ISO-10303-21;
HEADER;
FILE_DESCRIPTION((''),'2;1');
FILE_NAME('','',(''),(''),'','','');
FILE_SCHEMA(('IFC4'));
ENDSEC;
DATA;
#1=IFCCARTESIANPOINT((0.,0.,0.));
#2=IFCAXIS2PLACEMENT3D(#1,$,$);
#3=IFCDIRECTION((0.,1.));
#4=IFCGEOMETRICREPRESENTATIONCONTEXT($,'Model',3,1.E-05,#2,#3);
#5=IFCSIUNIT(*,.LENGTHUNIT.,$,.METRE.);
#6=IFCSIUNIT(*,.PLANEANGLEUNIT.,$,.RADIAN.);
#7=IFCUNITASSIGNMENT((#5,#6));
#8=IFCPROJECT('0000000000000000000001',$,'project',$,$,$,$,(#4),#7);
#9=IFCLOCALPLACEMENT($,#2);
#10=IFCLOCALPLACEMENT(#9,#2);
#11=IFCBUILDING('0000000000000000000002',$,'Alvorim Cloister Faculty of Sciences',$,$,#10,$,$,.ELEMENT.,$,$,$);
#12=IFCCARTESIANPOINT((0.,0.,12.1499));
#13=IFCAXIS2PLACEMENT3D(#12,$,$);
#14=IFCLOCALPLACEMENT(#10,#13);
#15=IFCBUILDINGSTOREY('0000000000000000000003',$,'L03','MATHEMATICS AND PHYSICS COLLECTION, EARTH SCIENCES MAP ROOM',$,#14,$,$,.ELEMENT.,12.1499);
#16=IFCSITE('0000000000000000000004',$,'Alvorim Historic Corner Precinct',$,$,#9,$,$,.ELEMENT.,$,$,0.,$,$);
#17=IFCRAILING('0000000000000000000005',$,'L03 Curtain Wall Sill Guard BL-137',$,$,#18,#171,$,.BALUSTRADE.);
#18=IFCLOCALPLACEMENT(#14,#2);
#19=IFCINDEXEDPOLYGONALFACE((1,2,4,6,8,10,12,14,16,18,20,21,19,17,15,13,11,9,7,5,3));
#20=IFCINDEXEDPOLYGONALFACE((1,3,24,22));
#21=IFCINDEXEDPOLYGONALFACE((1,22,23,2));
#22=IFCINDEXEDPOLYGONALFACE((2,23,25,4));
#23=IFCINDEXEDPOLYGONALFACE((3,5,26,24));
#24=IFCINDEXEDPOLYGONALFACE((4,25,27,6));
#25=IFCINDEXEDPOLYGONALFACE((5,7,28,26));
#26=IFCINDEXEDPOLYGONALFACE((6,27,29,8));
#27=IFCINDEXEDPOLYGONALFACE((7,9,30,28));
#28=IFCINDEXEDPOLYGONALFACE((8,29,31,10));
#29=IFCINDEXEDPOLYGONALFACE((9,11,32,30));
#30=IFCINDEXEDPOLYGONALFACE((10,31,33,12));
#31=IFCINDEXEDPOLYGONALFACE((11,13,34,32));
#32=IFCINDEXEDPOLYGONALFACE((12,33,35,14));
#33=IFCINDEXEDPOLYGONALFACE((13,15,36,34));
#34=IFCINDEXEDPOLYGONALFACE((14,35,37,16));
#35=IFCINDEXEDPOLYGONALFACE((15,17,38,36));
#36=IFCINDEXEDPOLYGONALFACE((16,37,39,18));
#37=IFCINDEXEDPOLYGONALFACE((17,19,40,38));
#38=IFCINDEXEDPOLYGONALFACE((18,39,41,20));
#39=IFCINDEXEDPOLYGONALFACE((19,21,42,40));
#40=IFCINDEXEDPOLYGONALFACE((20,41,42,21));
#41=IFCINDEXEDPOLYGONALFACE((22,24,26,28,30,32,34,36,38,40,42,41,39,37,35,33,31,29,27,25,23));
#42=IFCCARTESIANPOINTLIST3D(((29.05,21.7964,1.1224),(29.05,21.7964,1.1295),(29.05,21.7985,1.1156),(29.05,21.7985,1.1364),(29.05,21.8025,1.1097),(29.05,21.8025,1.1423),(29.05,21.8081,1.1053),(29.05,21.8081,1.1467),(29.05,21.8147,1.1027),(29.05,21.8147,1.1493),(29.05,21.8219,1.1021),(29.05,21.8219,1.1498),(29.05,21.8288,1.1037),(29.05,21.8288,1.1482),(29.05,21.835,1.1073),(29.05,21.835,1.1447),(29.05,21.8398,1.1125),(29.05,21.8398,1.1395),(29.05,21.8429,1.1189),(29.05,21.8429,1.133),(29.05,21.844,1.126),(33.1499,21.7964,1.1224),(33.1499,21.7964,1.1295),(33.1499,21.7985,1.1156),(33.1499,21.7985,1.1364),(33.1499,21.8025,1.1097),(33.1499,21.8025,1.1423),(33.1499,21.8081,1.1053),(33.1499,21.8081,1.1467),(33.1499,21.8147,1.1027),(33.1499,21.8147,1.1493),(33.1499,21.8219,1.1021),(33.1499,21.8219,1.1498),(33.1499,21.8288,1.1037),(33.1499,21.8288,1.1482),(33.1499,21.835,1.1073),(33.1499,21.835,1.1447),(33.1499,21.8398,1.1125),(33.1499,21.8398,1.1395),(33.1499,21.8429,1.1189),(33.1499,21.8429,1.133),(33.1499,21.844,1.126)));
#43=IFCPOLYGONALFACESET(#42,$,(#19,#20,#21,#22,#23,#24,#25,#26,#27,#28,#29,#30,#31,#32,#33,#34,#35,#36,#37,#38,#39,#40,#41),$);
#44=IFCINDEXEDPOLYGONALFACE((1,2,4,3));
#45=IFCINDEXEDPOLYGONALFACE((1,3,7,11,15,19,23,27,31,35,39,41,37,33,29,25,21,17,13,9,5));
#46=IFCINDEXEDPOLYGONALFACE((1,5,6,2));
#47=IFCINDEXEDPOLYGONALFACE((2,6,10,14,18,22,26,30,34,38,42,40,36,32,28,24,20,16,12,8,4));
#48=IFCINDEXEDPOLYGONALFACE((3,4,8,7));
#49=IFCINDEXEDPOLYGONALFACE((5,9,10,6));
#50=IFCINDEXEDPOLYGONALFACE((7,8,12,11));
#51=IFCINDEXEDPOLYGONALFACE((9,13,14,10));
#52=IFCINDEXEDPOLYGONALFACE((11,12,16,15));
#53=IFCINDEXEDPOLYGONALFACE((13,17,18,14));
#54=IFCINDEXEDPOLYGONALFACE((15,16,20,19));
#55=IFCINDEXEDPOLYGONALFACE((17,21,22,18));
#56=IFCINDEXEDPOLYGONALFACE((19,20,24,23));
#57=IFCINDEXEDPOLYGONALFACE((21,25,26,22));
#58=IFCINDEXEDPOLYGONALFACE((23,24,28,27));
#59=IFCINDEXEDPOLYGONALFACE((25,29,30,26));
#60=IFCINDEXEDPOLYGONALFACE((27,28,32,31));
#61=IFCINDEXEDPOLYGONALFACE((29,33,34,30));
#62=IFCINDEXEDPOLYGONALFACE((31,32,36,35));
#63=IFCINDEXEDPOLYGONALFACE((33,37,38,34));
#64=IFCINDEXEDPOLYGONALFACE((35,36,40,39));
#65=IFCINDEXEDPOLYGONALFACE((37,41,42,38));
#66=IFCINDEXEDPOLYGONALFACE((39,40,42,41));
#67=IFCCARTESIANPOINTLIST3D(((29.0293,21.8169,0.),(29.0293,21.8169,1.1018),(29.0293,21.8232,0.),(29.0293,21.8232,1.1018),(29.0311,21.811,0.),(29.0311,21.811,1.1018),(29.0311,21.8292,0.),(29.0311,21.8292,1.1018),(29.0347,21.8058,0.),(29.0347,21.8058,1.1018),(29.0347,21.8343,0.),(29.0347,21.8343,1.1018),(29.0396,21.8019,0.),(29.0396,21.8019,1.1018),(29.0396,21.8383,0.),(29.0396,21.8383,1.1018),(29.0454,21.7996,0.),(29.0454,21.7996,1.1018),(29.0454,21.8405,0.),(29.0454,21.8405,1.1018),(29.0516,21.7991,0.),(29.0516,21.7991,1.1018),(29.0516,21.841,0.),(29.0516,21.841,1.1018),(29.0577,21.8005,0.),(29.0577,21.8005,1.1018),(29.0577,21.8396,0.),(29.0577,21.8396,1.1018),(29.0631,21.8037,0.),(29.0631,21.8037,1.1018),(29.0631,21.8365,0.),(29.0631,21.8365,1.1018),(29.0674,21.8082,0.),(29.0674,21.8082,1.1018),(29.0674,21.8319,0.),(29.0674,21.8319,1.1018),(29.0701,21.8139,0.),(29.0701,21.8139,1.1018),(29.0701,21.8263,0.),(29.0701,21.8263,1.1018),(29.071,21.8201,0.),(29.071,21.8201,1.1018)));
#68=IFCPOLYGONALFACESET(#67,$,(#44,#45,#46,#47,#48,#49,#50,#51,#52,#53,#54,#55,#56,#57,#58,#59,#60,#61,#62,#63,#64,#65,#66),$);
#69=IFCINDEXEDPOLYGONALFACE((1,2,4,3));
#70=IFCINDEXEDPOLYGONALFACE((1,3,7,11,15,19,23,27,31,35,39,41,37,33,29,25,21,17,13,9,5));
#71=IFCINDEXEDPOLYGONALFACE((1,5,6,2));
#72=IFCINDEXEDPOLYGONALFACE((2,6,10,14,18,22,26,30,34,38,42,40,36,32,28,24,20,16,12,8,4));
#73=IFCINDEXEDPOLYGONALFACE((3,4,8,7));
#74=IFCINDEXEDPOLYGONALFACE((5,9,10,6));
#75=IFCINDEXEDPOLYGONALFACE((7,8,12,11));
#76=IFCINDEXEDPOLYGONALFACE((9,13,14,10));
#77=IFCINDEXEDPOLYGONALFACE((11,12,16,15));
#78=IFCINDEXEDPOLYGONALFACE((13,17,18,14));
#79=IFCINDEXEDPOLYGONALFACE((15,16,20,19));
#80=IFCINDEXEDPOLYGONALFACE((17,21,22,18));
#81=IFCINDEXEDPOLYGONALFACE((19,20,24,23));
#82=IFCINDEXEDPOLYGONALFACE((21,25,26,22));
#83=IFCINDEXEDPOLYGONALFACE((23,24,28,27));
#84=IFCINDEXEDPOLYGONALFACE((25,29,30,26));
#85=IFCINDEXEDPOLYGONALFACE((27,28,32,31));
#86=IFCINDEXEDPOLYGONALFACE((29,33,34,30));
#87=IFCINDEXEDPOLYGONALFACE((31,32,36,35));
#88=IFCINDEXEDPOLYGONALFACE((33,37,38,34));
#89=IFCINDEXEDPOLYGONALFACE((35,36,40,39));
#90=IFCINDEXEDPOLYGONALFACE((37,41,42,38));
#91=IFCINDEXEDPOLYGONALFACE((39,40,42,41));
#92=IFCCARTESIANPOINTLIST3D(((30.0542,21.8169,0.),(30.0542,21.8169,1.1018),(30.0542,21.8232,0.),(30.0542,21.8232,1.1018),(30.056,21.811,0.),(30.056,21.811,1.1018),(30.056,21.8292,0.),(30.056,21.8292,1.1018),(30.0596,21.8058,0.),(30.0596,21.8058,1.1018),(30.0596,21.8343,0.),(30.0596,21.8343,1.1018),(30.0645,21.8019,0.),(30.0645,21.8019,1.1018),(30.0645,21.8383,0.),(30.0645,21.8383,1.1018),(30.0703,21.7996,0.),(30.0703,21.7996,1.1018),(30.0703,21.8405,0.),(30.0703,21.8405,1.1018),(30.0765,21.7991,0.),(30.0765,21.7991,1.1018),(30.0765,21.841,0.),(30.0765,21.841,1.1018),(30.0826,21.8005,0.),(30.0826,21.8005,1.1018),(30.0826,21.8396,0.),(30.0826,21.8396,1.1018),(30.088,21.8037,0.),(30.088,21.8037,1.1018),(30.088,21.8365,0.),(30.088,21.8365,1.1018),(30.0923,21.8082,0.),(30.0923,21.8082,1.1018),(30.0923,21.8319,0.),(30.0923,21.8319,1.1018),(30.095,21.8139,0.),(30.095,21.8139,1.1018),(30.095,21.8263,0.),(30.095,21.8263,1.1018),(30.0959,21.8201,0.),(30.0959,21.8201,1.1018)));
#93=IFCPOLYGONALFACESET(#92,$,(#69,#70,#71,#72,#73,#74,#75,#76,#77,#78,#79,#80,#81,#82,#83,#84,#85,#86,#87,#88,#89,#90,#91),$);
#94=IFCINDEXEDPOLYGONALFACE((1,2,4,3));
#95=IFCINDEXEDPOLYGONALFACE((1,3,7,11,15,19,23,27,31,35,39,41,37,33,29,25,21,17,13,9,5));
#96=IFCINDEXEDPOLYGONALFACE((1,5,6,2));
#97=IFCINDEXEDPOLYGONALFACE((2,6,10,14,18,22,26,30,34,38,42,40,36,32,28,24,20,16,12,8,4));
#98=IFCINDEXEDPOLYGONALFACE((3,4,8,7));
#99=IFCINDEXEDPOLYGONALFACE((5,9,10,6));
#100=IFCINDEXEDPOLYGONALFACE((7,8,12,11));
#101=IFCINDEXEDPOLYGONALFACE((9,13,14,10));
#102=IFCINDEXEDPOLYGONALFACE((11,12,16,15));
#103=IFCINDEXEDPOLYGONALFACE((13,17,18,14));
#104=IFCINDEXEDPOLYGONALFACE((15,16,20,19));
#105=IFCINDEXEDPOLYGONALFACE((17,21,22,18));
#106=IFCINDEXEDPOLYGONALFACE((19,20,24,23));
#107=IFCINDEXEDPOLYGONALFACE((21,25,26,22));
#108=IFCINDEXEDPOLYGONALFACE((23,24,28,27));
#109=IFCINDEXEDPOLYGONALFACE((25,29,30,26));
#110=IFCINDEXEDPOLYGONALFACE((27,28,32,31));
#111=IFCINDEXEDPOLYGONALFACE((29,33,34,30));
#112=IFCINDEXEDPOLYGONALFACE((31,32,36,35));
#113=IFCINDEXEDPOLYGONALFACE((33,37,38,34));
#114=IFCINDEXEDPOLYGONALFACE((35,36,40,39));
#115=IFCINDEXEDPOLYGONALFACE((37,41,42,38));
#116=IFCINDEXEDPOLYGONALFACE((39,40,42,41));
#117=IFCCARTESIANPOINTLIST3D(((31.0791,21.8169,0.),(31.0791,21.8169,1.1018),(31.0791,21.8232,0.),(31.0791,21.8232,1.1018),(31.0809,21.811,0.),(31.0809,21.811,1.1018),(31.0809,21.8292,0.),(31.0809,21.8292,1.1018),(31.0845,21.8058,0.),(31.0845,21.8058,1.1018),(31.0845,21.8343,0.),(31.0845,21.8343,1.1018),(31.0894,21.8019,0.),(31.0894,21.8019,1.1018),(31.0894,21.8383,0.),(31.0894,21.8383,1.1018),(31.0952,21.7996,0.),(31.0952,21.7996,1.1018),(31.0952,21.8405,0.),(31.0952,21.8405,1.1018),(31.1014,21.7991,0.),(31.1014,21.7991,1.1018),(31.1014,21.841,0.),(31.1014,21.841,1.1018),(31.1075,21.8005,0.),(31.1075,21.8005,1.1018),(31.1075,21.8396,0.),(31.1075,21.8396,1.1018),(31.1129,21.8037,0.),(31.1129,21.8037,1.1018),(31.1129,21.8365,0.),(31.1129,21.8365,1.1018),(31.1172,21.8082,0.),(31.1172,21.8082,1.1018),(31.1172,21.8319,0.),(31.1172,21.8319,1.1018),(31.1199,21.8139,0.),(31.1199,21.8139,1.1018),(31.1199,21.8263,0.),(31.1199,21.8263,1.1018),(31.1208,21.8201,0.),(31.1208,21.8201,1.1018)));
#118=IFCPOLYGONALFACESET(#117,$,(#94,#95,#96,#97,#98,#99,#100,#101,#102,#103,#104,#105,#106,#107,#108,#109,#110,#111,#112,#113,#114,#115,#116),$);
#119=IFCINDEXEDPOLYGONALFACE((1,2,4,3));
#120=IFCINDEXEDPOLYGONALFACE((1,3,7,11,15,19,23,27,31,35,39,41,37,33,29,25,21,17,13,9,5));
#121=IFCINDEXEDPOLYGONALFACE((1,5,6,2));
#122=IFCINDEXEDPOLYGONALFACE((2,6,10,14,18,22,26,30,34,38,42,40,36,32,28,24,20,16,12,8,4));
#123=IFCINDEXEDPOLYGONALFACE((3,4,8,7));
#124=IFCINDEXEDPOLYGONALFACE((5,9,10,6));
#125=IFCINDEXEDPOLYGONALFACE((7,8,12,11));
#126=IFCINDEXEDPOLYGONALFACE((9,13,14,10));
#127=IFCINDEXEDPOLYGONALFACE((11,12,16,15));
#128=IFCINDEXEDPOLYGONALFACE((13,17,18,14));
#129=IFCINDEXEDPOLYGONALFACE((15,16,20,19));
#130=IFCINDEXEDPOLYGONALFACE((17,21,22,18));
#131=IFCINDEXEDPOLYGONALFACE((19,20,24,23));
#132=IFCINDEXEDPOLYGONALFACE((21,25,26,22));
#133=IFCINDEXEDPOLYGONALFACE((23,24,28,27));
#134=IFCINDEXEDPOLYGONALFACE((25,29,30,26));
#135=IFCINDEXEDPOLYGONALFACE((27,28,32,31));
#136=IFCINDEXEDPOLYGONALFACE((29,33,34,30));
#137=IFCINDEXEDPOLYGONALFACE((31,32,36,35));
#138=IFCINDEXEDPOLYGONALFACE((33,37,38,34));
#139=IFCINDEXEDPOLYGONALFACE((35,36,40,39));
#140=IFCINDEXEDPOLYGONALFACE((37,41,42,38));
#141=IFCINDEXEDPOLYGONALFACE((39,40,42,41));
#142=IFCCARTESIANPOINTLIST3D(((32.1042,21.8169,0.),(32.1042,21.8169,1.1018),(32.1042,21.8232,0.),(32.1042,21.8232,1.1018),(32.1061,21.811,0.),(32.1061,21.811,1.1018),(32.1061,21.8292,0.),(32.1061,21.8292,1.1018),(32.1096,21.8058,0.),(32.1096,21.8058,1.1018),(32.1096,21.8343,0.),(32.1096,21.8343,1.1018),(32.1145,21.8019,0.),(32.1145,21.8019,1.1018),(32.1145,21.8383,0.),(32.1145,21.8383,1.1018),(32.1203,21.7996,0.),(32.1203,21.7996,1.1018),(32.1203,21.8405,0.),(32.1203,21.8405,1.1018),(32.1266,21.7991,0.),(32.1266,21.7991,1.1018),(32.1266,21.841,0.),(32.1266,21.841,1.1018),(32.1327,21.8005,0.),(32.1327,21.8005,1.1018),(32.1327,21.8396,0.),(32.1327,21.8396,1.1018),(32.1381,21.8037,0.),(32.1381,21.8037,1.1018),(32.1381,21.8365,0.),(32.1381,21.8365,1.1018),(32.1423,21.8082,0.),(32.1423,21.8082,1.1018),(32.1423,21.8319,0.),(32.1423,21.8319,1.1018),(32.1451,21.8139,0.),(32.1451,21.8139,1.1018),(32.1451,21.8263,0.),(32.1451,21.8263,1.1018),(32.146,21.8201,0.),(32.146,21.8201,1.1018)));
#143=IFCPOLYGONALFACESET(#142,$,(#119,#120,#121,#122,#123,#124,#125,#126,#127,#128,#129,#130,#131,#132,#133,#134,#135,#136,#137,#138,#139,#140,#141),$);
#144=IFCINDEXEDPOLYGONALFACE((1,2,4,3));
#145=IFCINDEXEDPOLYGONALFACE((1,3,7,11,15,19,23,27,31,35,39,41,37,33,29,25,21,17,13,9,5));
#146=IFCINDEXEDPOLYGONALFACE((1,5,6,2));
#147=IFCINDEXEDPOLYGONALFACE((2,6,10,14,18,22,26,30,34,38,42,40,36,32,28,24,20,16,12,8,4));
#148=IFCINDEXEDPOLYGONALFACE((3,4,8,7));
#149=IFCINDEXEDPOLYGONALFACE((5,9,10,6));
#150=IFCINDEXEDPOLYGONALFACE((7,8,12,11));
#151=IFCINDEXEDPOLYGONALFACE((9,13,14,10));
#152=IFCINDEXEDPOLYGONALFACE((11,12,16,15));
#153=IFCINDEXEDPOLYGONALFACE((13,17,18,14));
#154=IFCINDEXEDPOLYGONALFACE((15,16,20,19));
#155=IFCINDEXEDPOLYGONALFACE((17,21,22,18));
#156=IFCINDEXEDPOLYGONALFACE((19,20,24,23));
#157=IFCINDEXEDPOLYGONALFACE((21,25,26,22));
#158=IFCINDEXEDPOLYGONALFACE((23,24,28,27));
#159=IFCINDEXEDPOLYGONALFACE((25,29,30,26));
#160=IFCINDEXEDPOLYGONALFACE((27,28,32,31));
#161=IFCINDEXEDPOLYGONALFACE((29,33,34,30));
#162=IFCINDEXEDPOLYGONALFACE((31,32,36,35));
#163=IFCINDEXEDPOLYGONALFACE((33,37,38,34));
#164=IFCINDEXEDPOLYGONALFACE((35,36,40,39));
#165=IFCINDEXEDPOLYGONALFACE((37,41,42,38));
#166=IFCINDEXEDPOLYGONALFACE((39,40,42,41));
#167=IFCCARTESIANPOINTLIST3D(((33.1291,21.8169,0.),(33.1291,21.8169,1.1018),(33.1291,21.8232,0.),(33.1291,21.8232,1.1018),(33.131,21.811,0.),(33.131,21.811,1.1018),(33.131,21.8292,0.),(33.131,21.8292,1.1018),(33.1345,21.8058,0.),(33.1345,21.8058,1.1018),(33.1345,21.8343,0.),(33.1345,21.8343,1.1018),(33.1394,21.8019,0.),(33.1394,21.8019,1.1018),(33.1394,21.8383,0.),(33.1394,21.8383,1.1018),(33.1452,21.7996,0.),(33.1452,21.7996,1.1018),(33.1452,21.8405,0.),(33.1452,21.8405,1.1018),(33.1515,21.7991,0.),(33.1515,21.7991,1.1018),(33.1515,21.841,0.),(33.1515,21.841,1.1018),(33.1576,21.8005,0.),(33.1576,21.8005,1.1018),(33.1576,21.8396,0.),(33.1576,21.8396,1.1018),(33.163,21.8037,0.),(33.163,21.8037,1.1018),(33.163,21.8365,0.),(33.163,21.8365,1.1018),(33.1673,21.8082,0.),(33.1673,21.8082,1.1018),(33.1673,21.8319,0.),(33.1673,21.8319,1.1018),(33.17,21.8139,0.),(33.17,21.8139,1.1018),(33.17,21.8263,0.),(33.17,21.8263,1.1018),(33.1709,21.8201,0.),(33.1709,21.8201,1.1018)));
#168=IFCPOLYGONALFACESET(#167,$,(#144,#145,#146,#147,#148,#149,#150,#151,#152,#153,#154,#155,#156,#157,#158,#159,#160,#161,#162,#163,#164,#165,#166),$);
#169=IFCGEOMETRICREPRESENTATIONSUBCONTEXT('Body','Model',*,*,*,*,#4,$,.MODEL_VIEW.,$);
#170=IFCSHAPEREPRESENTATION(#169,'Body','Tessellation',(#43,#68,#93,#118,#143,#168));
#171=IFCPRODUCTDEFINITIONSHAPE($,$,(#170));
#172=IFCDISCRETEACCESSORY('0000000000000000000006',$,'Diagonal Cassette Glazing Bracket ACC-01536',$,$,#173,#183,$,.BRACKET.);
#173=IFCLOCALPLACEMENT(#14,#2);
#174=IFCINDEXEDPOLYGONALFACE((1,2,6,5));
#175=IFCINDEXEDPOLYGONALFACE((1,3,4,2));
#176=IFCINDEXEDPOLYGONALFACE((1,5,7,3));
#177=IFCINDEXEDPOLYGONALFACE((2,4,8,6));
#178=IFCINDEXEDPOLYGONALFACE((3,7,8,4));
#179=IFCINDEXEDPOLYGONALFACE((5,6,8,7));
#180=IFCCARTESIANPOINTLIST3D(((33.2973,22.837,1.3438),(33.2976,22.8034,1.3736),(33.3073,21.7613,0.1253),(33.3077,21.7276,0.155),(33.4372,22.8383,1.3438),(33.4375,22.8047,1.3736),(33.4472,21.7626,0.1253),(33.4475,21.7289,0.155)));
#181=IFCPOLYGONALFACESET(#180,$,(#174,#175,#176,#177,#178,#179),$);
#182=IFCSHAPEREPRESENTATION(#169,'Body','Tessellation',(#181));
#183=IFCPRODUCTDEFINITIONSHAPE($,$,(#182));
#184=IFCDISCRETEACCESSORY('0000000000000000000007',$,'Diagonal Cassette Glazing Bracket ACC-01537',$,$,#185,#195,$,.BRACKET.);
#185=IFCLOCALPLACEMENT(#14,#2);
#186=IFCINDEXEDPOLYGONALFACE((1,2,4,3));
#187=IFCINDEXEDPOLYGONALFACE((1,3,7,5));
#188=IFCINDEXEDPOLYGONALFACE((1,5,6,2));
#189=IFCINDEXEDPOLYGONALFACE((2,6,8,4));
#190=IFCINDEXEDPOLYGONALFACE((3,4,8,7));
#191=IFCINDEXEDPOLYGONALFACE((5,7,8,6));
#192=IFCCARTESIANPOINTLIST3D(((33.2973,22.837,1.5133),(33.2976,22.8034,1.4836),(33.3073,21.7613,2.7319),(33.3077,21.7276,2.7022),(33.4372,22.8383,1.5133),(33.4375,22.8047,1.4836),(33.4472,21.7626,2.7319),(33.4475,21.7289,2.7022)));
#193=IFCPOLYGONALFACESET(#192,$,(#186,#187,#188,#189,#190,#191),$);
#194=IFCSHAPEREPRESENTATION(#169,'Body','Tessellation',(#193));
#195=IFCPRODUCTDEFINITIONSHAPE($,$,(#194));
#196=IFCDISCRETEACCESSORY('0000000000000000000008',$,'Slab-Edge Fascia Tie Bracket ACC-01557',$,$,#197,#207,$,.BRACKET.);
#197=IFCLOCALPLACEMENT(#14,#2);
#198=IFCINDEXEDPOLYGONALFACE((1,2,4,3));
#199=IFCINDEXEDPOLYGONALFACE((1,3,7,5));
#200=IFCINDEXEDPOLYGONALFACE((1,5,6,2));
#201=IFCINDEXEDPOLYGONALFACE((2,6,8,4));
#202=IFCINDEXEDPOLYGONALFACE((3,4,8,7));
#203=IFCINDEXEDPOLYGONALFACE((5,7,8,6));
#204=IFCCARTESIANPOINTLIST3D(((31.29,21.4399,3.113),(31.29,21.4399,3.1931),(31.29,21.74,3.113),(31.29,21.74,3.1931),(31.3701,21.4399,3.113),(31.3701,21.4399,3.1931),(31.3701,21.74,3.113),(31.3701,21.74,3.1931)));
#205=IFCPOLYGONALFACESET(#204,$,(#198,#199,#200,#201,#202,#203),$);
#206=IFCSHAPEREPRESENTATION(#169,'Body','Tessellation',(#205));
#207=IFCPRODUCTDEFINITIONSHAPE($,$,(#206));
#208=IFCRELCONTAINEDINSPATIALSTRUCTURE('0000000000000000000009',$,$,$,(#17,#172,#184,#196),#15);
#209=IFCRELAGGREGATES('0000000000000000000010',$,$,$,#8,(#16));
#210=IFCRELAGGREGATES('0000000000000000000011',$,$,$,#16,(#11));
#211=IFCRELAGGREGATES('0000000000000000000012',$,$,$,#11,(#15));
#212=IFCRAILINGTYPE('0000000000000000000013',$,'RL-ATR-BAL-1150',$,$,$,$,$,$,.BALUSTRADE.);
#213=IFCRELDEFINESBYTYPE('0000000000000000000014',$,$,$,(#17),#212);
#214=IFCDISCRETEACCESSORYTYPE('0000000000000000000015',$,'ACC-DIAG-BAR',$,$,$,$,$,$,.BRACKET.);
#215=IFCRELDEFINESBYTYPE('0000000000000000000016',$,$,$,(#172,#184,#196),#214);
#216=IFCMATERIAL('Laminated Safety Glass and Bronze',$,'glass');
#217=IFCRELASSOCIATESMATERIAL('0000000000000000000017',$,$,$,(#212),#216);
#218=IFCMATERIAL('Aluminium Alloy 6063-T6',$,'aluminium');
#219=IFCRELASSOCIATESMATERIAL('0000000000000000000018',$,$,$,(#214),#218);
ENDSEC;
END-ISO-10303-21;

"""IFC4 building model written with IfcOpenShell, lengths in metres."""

from ifc_helpers import new_model, si_unit, direction, frame, origin, origin_2d, place, context, subcontext, project, spatial, rectangle, circle, extrude, material, type_object, element, save


model = new_model("IFC4")

# Units and contexts
model_context = context("Model", 3, precision=1e-05, world=origin(), true_north=direction((0.0, 1.0)))
body_context = subcontext(model_context, "Body", "Model", "MODEL_VIEW")
ifc_project = project(units=[si_unit("LENGTHUNIT", "METRE"), si_unit("PLANEANGLEUNIT", "RADIAN")], contexts=[model_context])

# Site, building, storey
site_placement = place(None, origin())
site = spatial("IfcSite", under=ifc_project, at=site_placement, Name="Alvorim Historic Corner Precinct", CompositionType="ELEMENT", RefElevation=0.0)
building_placement = place(site_placement, origin())
building = spatial("IfcBuilding", under=site, at=building_placement, Name="Alvorim Cloister Faculty of Sciences", CompositionType="ELEMENT")
storey_placement = place(building_placement, frame((0.0, 0.0, 12.1499)))
storey = spatial("IfcBuildingStorey", under=building, at=storey_placement, Name="L03", Description="MATHEMATICS AND PHYSICS COLLECTION, EARTH SCIENCES MAP ROOM", CompositionType="ELEMENT", Elevation=12.1499)

# Shared definitions
ifc_material_1 = material(Name="Aluminium Alloy 6063-T6", Category="aluminium")

# Railing
ifc_material_2 = material(Name="Laminated Safety Glass and Bronze", Category="glass")
railing_type = type_object("IfcRailingType", Name="RL-ATR-BAL-1150", PredefinedType="BALUSTRADE", material=ifc_material_2)
railing_1_placement = place(storey_placement, frame((29.05, 21.8201, 0.0)))
element("IfcRailing", 1, at=railing_1_placement, inside=storey, type_object=railing_type, Name="L03 Curtain Wall Sill Guard BL-137", PredefinedType="BALUSTRADE", context=body_context, shape_type="SweptSolid", body=[
    extrude(circle(Radius=0.0239, at=origin_2d()), frame((0.0, 0.0, 1.126), z_axis=(1.0, 0.0, 0.0), x_axis=(0.0, 1.0, 0.0)), (0.0, 0.0, 1.0), 4.0999),
    extrude(circle(Radius=0.021, at=origin_2d()), origin(), (0.0, 0.0, 1.0), 1.1018),
    extrude(circle(Radius=0.021, at=origin_2d()), frame((1.0249, 0.0, 0.0)), (0.0, 0.0, 1.0), 1.1018),
    extrude(circle(Radius=0.021, at=origin_2d()), frame((2.0498, 0.0, 0.0)), (0.0, 0.0, 1.0), 1.1018),
    extrude(circle(Radius=0.021, at=origin_2d()), frame((3.075, 0.0, 0.0)), (0.0, 0.0, 1.0), 1.1018),
    extrude(circle(Radius=0.021, at=origin_2d()), frame((4.0999, 0.0, 0.0)), (0.0, 0.0, 1.0), 1.1018),
])

# Discrete accessories
discrete_accessory_type = type_object("IfcDiscreteAccessoryType", Name="ACC-DIAG-BAR", PredefinedType="BRACKET", material=ifc_material_1)
for number, where, z_axis, x_axis, name in (
    (2, (33.3774, 21.7451, 0.1401), (-0.006158, 0.661793, 0.749661), (-0.999957, -0.009305, 0.0), "Diagonal Cassette Glazing Bracket ACC-01536"),
    (3, (33.3774, 21.7451, 2.717), (-0.006158, 0.661793, -0.749661), (-0.999957, -0.009305, 0.0), "Diagonal Cassette Glazing Bracket ACC-01537"),
):
    element("IfcDiscreteAccessory", number, at=place(storey_placement, frame(where, z_axis=z_axis, x_axis=x_axis)), inside=storey, type_object=discrete_accessory_type, Name=name, PredefinedType="BRACKET", context=body_context, shape_type="SweptSolid", body=[
        extrude(rectangle(XDim=0.1399, YDim=0.0449, at=origin_2d()), origin(), (0.0, 0.0, 1.0), 1.6255),
    ])
discrete_accessory_placement = place(storey_placement, frame((31.3301, 21.74, 3.1531), z_axis=(0.0, -1.0, 0.0), x_axis=(1.0, 0.0, 0.0)))
element("IfcDiscreteAccessory", 4, at=discrete_accessory_placement, inside=storey, type_object=discrete_accessory_type, Name="Slab-Edge Fascia Tie Bracket ACC-01557", PredefinedType="BRACKET", context=body_context, shape_type="SweptSolid", body=[
    extrude(rectangle(XDim=0.0801, YDim=0.0801, at=origin_2d()), origin(), (0.0, 0.0, 1.0), 0.3),
])

save(model, "model.ifc")
